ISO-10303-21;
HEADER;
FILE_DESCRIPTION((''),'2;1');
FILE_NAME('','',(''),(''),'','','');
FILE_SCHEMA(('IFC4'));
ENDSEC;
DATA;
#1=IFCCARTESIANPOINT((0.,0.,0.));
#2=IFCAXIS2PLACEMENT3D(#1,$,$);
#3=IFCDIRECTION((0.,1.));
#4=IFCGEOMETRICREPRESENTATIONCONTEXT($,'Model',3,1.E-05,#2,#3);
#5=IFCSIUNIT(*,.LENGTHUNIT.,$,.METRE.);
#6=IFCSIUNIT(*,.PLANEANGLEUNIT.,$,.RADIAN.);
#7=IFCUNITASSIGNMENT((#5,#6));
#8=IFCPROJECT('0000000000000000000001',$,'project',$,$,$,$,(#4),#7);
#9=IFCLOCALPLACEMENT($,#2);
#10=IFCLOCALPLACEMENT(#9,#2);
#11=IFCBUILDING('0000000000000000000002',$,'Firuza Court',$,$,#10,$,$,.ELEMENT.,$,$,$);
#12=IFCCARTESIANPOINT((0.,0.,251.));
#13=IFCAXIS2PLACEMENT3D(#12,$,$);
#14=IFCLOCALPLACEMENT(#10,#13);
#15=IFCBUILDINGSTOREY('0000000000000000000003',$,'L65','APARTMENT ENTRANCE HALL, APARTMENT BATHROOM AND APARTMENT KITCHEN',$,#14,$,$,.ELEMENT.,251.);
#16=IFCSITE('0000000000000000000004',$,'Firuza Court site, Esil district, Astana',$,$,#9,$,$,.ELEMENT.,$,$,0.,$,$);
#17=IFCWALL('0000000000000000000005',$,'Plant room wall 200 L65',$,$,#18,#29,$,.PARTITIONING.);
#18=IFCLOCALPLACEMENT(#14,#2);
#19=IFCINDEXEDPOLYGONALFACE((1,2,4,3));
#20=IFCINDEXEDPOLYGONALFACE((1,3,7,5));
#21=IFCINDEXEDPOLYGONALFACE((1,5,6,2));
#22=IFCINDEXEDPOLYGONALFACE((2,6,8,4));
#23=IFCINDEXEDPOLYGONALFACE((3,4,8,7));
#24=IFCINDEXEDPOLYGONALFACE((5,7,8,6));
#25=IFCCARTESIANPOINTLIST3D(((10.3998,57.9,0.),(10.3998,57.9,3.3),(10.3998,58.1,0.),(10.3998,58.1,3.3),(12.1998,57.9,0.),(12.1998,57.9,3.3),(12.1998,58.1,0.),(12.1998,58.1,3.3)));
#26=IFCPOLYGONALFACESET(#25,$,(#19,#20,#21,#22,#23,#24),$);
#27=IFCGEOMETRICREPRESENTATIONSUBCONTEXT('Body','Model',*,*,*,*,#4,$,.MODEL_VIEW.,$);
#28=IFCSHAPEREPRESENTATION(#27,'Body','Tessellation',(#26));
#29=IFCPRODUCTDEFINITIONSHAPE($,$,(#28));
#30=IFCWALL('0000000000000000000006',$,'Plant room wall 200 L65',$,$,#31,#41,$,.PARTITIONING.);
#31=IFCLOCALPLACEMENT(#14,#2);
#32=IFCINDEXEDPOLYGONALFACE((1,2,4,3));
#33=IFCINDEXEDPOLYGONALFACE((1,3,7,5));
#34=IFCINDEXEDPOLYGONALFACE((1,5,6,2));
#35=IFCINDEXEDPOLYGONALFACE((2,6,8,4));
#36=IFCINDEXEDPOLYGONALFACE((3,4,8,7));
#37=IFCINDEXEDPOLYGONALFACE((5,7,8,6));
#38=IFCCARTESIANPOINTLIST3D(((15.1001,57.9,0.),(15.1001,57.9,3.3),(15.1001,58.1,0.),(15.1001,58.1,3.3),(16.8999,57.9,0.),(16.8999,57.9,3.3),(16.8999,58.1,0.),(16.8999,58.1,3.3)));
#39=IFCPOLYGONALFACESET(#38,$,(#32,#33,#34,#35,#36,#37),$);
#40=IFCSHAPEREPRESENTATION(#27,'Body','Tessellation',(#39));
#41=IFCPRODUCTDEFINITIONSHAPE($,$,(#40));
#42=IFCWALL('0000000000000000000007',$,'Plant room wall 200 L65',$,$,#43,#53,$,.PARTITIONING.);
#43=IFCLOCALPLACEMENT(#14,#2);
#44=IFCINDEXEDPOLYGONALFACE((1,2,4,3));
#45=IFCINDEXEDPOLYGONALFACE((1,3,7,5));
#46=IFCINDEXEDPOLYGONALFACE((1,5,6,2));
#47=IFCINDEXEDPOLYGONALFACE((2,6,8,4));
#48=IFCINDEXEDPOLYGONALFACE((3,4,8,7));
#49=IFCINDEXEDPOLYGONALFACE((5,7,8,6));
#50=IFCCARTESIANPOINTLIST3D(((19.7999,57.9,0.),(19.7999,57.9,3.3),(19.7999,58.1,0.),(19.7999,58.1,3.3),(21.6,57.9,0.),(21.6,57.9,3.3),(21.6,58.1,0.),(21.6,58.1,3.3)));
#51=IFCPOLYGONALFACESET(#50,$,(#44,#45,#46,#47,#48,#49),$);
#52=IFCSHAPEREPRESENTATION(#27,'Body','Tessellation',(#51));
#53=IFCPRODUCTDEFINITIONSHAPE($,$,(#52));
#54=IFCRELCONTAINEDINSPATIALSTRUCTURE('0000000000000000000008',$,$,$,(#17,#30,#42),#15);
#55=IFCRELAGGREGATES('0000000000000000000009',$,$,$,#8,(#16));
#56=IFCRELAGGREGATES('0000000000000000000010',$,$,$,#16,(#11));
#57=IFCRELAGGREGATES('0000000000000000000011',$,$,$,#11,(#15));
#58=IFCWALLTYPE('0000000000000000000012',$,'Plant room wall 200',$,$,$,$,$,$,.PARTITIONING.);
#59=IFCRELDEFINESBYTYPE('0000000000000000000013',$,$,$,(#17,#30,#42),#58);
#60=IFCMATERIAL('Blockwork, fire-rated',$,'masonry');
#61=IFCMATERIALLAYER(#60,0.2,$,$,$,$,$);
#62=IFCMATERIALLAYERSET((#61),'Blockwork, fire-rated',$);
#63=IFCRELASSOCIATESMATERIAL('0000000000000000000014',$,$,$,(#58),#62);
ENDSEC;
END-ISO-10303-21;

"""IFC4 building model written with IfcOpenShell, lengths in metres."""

from ifc_helpers import new_model, si_unit, direction, frame, frame_2d, origin, place, context, subcontext, project, spatial, rectangle, extrude, material, layer, layer_set, type_object, element, save


model = new_model("IFC4")

# Units and contexts
model_context = context("Model", 3, precision=1e-05, world=origin(), true_north=direction((0.0, 1.0)))
body_context = subcontext(model_context, "Body", "Model", "MODEL_VIEW")
ifc_project = project(units=[si_unit("LENGTHUNIT", "METRE"), si_unit("PLANEANGLEUNIT", "RADIAN")], contexts=[model_context])

# Site, building, storey
site_placement = place(None, origin())
site = spatial("IfcSite", under=ifc_project, at=site_placement, Name="Firuza Court site, Esil district, Astana", CompositionType="ELEMENT", RefElevation=0.0)
building_placement = place(site_placement, origin())
building = spatial("IfcBuilding", under=site, at=building_placement, Name="Firuza Court", CompositionType="ELEMENT")
storey_placement = place(building_placement, frame((0.0, 0.0, 251.0)))
storey = spatial("IfcBuildingStorey", under=building, at=storey_placement, Name="L65", Description="APARTMENT ENTRANCE HALL, APARTMENT BATHROOM AND APARTMENT KITCHEN", CompositionType="ELEMENT", Elevation=251.0)

# Shared definitions
ifc_material_1 = material(Name="Blockwork, fire-rated", Category="masonry")
ifc_layer_1 = layer(ifc_material_1, 0.2)
ifc_layer_set_1 = layer_set([ifc_layer_1], Name="Blockwork, fire-rated")
wall_type_1 = type_object("IfcWallType", Name="Plant room wall 200", PredefinedType="PARTITIONING", material=ifc_layer_set_1)

# Walls
wall_1_placement = place(storey_placement, frame((10.3999, 58.0, 0.0), z_axis=(0.0, 0.0, 1.0), x_axis=(1.0, 0.0, 0.0)))
element("IfcWall", 1, at=wall_1_placement, inside=storey, type_object=wall_type_1, Name="Plant room wall 200 L65", PredefinedType="PARTITIONING", context=body_context, shape_type="SweptSolid", body=[
    extrude(rectangle(XDim=1.8, YDim=0.2, at=frame_2d((0.8999, 0.0))), origin(), (0.0, 0.0, 1.0), 3.3),
])
wall_2_placement = place(storey_placement, frame((15.1001, 58.0, 0.0), z_axis=(0.0, 0.0, 1.0), x_axis=(1.0, 0.0, 0.0)))
element("IfcWall", 2, at=wall_2_placement, inside=storey, type_object=wall_type_1, Name="Plant room wall 200 L65", PredefinedType="PARTITIONING", context=body_context, shape_type="SweptSolid", body=[
    extrude(rectangle(XDim=1.7998, YDim=0.2, at=frame_2d((0.8999, 0.0))), origin(), (0.0, 0.0, 1.0), 3.3),
])
wall_3_placement = place(storey_placement, frame((19.8, 58.0, 0.0), z_axis=(0.0, 0.0, 1.0), x_axis=(1.0, 0.0, 0.0)))
element("IfcWall", 3, at=wall_3_placement, inside=storey, type_object=wall_type_1, Name="Plant room wall 200 L65", PredefinedType="PARTITIONING", context=body_context, shape_type="SweptSolid", body=[
    extrude(rectangle(XDim=1.8, YDim=0.2, at=frame_2d((0.8999, 0.0))), origin(), (0.0, 0.0, 1.0), 3.3),
])

save(model, "model.ifc")
